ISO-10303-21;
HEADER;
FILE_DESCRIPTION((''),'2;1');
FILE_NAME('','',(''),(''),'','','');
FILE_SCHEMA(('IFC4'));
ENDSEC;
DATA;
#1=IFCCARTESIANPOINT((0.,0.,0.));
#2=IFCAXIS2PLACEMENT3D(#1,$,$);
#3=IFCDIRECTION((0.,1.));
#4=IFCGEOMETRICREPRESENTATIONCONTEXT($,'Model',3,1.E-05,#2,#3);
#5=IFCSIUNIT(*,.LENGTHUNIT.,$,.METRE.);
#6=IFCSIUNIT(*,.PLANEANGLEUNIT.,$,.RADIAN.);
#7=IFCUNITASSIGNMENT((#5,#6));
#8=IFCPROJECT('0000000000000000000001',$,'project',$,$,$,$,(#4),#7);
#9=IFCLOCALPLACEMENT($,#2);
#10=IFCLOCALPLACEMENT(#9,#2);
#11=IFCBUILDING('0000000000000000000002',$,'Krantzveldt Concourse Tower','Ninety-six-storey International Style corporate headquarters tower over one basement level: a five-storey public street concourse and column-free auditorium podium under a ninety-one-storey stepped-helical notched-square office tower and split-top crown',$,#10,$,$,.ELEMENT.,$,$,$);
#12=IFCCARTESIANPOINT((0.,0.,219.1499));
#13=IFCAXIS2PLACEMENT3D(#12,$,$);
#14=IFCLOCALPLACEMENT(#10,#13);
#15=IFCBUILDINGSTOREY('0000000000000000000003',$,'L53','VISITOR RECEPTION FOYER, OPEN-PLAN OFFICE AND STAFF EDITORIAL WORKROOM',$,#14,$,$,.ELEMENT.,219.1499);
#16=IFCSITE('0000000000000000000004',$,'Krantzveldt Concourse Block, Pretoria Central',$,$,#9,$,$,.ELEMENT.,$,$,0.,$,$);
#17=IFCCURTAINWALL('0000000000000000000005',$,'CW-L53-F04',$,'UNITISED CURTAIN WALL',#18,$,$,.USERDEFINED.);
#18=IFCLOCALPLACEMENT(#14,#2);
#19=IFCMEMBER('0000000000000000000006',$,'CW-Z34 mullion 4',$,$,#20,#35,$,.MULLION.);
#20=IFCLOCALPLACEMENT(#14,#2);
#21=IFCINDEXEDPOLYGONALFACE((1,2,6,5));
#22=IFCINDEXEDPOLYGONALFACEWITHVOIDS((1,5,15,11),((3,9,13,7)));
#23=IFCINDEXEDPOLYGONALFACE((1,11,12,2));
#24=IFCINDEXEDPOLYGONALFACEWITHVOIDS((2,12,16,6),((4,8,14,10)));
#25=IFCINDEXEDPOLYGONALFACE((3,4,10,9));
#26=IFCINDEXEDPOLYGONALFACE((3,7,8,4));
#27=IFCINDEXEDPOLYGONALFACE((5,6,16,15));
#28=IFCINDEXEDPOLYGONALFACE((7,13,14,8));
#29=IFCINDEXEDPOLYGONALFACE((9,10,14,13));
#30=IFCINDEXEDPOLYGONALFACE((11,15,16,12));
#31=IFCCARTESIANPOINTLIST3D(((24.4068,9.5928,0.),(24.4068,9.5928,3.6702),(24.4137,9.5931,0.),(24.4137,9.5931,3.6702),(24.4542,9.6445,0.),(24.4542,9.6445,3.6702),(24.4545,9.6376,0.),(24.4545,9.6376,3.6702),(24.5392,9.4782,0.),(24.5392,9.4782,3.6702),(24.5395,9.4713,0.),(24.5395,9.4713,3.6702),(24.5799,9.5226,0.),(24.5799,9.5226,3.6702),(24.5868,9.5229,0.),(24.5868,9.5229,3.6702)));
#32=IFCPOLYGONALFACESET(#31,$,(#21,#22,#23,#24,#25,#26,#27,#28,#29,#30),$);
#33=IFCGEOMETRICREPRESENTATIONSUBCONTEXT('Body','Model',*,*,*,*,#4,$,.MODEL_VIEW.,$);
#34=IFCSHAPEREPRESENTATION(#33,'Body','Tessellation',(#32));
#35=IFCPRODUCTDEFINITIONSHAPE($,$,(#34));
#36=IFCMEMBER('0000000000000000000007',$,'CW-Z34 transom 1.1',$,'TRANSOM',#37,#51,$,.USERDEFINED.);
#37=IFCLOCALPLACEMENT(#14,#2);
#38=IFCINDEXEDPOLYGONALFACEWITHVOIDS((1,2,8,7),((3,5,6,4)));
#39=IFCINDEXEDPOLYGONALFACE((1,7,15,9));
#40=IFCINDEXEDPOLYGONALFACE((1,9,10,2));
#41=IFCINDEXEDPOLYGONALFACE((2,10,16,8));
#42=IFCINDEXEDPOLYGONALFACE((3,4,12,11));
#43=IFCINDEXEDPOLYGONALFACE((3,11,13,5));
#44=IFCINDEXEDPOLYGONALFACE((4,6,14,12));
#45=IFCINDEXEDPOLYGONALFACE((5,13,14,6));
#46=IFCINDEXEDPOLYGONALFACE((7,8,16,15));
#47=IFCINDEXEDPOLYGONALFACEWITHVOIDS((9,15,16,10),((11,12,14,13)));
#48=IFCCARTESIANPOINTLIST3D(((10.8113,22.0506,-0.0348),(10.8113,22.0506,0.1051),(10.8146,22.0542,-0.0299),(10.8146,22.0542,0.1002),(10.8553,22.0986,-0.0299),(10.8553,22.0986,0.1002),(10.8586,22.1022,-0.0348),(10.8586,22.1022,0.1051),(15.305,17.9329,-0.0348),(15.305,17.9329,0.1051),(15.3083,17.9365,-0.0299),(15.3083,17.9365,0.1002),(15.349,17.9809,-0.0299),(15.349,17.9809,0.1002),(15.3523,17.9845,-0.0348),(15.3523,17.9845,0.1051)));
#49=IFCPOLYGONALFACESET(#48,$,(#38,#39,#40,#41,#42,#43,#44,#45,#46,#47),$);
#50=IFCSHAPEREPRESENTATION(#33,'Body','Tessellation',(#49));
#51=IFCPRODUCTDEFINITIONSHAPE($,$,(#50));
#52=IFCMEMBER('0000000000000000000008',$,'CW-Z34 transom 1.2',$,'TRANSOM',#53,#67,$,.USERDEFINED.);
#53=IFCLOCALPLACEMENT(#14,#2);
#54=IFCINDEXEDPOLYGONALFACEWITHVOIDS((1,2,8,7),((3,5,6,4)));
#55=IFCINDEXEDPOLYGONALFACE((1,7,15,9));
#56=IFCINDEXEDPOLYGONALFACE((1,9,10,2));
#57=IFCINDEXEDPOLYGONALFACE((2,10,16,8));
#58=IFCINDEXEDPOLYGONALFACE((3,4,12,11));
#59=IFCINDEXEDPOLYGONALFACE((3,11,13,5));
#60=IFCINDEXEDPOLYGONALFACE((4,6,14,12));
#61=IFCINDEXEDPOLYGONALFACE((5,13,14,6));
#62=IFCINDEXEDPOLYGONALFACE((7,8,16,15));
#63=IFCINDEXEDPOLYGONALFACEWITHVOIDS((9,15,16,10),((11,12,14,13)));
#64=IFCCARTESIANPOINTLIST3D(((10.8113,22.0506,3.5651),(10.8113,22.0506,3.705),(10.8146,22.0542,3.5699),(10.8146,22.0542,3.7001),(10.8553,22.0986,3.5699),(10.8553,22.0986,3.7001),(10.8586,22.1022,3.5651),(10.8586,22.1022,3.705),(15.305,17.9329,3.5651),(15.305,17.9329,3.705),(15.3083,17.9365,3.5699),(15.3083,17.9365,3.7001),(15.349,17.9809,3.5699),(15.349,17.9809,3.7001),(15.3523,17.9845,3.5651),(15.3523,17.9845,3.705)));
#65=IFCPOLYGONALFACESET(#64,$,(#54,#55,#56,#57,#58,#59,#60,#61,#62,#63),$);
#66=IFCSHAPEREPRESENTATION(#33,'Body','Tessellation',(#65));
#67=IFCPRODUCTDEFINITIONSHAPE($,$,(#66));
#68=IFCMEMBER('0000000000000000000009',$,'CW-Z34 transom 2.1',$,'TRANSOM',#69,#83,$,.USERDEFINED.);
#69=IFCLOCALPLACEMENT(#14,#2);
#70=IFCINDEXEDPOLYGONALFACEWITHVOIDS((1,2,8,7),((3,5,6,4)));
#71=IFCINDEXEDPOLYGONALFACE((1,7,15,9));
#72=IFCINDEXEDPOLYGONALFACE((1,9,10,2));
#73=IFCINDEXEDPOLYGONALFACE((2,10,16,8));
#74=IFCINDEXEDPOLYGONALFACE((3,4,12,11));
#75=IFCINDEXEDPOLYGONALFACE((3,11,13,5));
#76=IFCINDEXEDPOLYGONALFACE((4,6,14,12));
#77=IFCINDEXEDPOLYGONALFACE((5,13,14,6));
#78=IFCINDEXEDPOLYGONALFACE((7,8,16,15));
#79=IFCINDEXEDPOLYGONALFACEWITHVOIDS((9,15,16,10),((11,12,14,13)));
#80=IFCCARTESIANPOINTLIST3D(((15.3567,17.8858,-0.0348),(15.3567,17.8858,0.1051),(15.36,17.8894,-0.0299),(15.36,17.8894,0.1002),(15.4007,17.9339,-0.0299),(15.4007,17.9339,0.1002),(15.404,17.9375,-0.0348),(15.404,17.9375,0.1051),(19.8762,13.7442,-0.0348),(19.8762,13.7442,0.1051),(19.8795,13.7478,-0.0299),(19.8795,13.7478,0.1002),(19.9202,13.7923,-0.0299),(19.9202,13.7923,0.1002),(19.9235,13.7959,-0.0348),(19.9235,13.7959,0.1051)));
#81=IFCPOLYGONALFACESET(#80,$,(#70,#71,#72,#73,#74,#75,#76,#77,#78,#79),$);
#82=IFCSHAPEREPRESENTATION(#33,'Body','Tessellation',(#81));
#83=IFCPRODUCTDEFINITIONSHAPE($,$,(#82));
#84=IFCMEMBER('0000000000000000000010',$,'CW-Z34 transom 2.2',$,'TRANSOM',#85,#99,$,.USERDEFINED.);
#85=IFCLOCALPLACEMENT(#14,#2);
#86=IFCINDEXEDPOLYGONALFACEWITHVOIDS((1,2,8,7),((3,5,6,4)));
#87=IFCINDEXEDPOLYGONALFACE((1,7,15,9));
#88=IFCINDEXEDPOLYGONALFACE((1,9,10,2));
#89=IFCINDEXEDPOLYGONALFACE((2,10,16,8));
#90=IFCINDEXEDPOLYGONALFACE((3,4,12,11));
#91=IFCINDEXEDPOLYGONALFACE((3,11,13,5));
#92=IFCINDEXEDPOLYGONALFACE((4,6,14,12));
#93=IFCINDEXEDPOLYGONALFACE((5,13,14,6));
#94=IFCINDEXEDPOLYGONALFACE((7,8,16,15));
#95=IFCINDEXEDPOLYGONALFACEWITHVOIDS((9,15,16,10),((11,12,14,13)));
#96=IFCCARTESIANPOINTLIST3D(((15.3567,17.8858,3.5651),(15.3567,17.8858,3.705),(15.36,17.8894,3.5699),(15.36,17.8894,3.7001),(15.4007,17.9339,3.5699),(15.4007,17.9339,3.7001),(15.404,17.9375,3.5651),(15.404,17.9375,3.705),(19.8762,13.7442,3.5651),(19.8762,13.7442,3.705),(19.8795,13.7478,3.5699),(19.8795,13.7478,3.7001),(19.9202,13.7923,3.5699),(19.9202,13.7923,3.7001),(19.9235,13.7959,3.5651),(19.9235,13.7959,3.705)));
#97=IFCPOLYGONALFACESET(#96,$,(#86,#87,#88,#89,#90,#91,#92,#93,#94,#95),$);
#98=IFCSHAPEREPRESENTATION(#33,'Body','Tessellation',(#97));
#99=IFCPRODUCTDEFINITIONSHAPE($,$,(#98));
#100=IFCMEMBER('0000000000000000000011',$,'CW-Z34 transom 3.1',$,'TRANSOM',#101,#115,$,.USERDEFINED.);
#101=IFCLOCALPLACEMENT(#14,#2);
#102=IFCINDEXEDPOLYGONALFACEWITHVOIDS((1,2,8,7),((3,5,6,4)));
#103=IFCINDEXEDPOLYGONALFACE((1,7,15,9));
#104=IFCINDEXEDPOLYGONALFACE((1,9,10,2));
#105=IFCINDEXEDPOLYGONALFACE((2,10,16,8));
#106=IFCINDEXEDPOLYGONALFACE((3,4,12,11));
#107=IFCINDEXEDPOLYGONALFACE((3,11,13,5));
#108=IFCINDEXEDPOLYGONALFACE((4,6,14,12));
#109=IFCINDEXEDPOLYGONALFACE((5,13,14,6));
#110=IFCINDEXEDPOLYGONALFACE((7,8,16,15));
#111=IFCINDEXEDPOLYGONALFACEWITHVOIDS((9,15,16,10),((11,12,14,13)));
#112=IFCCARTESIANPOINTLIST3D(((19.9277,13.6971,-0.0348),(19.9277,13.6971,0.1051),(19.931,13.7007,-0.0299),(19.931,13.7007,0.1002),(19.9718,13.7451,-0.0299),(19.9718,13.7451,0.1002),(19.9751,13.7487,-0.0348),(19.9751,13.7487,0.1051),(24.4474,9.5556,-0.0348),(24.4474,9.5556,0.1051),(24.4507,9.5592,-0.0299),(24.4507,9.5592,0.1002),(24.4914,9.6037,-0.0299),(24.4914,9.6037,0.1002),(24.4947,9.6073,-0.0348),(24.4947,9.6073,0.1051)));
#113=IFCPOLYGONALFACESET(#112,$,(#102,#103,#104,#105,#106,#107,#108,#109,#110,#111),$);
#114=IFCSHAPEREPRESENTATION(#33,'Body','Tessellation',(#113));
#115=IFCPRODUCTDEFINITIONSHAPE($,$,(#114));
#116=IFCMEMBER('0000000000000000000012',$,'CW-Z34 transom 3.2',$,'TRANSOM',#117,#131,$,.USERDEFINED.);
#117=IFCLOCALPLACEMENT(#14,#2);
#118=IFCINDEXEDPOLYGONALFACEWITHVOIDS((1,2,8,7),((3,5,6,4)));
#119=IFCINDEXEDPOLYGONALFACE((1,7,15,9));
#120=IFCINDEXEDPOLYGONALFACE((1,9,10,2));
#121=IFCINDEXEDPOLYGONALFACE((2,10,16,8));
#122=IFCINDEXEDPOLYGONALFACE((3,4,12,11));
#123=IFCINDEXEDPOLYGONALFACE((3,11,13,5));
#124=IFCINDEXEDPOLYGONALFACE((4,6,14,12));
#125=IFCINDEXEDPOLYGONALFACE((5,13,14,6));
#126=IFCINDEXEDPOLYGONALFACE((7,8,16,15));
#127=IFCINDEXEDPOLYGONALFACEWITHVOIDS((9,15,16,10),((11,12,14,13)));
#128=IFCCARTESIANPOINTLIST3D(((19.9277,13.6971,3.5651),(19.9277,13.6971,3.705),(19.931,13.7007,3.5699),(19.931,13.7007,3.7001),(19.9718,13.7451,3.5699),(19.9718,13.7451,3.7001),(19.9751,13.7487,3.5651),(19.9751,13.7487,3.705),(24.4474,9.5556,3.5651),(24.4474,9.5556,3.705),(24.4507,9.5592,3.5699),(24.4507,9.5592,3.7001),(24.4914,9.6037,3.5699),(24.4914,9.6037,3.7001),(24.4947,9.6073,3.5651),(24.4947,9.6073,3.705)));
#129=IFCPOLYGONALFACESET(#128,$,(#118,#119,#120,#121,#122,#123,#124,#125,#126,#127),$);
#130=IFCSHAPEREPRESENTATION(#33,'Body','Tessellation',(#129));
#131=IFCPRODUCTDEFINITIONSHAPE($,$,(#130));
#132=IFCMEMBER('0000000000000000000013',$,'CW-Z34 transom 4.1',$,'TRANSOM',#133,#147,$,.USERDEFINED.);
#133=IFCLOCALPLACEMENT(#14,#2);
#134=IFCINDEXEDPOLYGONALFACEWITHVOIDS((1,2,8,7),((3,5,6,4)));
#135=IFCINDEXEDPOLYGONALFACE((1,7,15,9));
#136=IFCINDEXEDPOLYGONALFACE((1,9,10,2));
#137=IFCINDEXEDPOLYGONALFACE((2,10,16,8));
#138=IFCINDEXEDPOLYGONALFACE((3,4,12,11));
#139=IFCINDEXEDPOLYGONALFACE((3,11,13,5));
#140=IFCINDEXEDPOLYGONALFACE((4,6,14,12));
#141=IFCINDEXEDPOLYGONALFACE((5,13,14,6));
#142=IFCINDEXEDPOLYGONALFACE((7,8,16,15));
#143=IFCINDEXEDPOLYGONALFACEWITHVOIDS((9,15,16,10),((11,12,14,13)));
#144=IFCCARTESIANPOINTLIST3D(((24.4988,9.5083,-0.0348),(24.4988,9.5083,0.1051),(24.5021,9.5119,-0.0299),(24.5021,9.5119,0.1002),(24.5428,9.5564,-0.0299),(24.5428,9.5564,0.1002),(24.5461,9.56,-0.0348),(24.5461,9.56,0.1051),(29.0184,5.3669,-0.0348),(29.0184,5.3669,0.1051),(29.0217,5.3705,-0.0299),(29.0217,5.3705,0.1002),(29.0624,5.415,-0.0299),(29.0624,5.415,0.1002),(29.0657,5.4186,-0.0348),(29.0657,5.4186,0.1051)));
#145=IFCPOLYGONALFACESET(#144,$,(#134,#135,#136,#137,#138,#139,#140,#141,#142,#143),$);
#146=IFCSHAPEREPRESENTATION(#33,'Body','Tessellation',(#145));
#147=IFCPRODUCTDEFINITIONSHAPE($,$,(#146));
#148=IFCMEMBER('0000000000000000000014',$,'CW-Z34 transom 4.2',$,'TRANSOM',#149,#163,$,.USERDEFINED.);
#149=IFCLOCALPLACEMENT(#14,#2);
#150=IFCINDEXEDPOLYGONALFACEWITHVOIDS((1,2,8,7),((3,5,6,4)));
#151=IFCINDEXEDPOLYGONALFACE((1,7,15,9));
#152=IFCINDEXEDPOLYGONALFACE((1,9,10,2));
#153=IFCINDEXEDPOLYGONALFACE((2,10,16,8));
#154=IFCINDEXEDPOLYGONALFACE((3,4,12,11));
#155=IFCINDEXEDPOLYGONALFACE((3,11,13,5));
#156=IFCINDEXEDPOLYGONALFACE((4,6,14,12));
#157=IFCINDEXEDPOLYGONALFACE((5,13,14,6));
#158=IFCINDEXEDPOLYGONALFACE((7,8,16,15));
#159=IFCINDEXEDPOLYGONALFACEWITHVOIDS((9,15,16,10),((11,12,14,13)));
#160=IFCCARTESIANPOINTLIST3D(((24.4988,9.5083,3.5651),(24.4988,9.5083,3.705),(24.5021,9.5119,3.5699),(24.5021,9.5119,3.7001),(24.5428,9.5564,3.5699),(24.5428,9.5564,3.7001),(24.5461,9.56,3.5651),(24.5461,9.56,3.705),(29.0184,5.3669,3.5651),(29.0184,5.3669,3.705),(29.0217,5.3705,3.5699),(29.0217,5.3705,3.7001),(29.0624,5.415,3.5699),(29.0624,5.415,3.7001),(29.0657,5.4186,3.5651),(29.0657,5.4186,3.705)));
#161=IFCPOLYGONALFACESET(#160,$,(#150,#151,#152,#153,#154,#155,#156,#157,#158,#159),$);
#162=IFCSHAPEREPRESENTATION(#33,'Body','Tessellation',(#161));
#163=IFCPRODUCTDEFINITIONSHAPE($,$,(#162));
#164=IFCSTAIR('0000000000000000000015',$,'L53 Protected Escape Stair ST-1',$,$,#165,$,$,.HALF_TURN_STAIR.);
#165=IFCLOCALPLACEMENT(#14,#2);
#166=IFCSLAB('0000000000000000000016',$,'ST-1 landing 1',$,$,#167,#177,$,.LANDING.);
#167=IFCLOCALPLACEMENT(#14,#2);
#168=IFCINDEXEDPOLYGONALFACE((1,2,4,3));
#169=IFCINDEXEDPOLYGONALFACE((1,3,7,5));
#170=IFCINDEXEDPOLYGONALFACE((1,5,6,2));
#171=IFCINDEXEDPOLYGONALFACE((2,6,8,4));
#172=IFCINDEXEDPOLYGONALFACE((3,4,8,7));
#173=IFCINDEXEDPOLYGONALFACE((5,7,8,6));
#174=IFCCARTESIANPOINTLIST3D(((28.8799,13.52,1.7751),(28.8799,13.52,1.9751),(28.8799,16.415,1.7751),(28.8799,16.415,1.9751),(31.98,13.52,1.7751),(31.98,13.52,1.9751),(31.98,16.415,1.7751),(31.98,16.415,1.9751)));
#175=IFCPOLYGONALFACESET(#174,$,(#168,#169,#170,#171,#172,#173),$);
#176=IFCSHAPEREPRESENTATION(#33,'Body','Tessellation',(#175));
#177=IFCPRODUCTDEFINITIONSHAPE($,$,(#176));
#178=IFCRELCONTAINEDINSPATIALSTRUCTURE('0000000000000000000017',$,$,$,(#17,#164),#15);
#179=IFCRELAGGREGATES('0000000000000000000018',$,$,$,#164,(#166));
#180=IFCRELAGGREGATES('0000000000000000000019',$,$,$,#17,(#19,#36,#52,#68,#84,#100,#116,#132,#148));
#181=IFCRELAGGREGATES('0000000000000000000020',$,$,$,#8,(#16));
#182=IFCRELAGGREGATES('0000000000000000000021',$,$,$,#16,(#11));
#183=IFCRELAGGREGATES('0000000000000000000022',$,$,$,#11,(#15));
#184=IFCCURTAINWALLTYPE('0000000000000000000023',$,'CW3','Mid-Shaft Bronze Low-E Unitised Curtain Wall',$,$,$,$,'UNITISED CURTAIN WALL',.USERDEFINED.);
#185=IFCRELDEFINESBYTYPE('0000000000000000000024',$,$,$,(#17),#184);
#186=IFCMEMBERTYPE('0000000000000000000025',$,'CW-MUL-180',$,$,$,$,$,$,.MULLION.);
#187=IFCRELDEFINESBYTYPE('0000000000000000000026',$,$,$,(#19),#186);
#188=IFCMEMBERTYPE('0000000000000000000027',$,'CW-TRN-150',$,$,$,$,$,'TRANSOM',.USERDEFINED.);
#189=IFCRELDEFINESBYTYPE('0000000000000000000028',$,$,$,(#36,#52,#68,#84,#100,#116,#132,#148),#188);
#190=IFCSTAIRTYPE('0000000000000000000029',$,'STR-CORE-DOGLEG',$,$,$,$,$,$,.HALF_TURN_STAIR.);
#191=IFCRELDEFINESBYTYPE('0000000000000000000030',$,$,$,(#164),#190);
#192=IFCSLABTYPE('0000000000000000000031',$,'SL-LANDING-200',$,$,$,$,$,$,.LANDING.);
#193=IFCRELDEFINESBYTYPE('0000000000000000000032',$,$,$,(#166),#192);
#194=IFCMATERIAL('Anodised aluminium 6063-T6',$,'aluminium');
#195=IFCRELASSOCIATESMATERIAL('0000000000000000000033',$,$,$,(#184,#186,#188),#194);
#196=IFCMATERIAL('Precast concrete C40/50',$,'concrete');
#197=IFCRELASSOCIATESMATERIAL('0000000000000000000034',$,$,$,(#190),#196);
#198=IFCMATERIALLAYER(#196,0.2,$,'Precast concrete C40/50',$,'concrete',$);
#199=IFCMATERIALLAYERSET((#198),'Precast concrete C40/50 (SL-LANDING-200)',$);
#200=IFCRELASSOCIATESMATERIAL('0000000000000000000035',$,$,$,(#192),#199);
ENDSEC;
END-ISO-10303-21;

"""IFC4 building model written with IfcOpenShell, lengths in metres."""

from ifc_helpers import new_model, si_unit, direction, frame, origin, origin_2d, place, context, subcontext, project, spatial, polyline, hollow_rectangle, outline, extrude, source, transform, mapped, material, layer, layer_set, material_profile, profile_set, type_object, type_shapes, element, aggregate, save


model = new_model("IFC4")

# Units and contexts
model_context = context("Model", 3, precision=1e-05, world=origin(), true_north=direction((0.0, 1.0)))
body_context = subcontext(model_context, "Body", "Model", "MODEL_VIEW")
ifc_project = project(units=[si_unit("LENGTHUNIT", "METRE"), si_unit("PLANEANGLEUNIT", "RADIAN")], contexts=[model_context])

# Site, building, storey
site_placement = place(None, origin())
site = spatial("IfcSite", under=ifc_project, at=site_placement, Name="Krantzveldt Concourse Block, Pretoria Central", CompositionType="ELEMENT", RefElevation=0.0)
building_placement = place(site_placement, origin())
building = spatial("IfcBuilding", under=site, at=building_placement, Name="Krantzveldt Concourse Tower", Description="Ninety-six-storey International Style corporate headquarters tower over one basement level: a five-storey public street concourse and column-free auditorium podium under a ninety-one-storey stepped-helical notched-square office tower and split-top crown", CompositionType="ELEMENT")
storey_placement = place(building_placement, frame((0.0, 0.0, 219.1499)))
storey = spatial("IfcBuildingStorey", under=building, at=storey_placement, Name="L53", Description="VISITOR RECEPTION FOYER, OPEN-PLAN OFFICE AND STAFF EDITORIAL WORKROOM", CompositionType="ELEMENT", Elevation=219.1499)

# Curtain wall, members
ifc_material_1 = material(Name="Anodised aluminium 6063-T6", Category="aluminium")
curtain_wall_type = type_object("IfcCurtainWallType", Name="CW3", Description="Mid-Shaft Bronze Low-E Unitised Curtain Wall", ElementType="UNITISED CURTAIN WALL", PredefinedType="USERDEFINED", material=ifc_material_1)
curtain_wall_placement = place(storey_placement, origin())
curtain_wall = element("IfcCurtainWall", 1, at=curtain_wall_placement, inside=storey, type_object=curtain_wall_type, Name="CW-L53-F04", ObjectType="UNITISED CURTAIN WALL", PredefinedType="USERDEFINED")
ifc_material_profile_1 = material_profile(ifc_material_1, hollow_rectangle(XDim=0.0701, YDim=0.1799, WallThickness=0.0049, at=origin_2d()), Name="Anodised aluminium 6063-T6", Category="aluminium")
ifc_profile_set_1 = profile_set([ifc_material_profile_1], Name="Anodised aluminium 6063-T6 - ALU-MULL 180x70x5")
member_type_1 = type_object("IfcMemberType", Name="CW-MUL-180", PredefinedType="MULLION", material=ifc_profile_set_1)
shared_shape_1 = source(origin(), body_context, "Body", "SweptSolid", [
    extrude(hollow_rectangle(XDim=0.0701, YDim=0.1799, WallThickness=0.0049, at=origin_2d()), origin(), (0.0, 0.0, 1.0), 3.6702),
])
type_shapes(member_type_1, [shared_shape_1])
member_1_placement = place(storey_placement, frame((24.4968, 9.5579, 0.0), z_axis=(0.0, 0.0, 1.0), x_axis=(0.67559, 0.737277, 0.0)))
member_1 = element("IfcMember", 2, at=member_1_placement, type_object=member_type_1, Name="CW-Z34 mullion 4", PredefinedType="MULLION", context=body_context, shape_type="MappedRepresentation", body=[
    mapped(shared_shape_1, transform((0.0, 0.0, 0.0), x_axis=(1.0, 0.0, 0.0), y_axis=(0.0, 1.0, 0.0), z_axis=(0.0, 0.0, 1.0), scale=1.0)),
])
ifc_material_profile_2 = material_profile(ifc_material_1, hollow_rectangle(XDim=0.0701, YDim=0.1399, WallThickness=0.0049, at=origin_2d()), Name="Anodised aluminium 6063-T6", Category="aluminium")
ifc_profile_set_2 = profile_set([ifc_material_profile_2], Name="Anodised aluminium 6063-T6 - ALU-TRAN 140x70x5")
member_type_2 = type_object("IfcMemberType", Name="CW-TRN-150", ElementType="TRANSOM", PredefinedType="USERDEFINED", material=ifc_profile_set_2)
shared_shape_2 = source(origin(), body_context, "Body", "SweptSolid", [
    extrude(hollow_rectangle(XDim=0.0701, YDim=0.1399, WallThickness=0.0049, at=origin_2d()), origin(), (0.0, 0.0, 1.0), 6.095),
])
member_2_placement = place(storey_placement, frame((10.835, 22.0764, 0.0352), z_axis=(0.737277, -0.67559, 0.0), x_axis=(0.67559, 0.737277, 0.0)))
member_2 = element("IfcMember", 3, at=member_2_placement, type_object=member_type_2, Name="CW-Z34 transom 1.1", ObjectType="TRANSOM", PredefinedType="USERDEFINED", context=body_context, shape_type="MappedRepresentation", body=[
    mapped(shared_shape_2, transform((0.0, 0.0, 0.0), x_axis=(1.0, 0.0, 0.0), y_axis=(0.0, 1.0, 0.0), z_axis=(0.0, 0.0, 1.0), scale=1.0)),
])
member_3_placement = place(storey_placement, frame((10.835, 22.0764, 3.635), z_axis=(0.737277, -0.67559, 0.0), x_axis=(0.67559, 0.737277, 0.0)))
member_3 = element("IfcMember", 4, at=member_3_placement, type_object=member_type_2, Name="CW-Z34 transom 1.2", ObjectType="TRANSOM", PredefinedType="USERDEFINED", context=body_context, shape_type="MappedRepresentation", body=[
    mapped(shared_shape_2, transform((0.0, 0.0, 0.0), x_axis=(1.0, 0.0, 0.0), y_axis=(0.0, 1.0, 0.0), z_axis=(0.0, 0.0, 1.0), scale=1.0)),
])
shared_shape_3 = source(origin(), body_context, "Body", "SweptSolid", [
    extrude(hollow_rectangle(XDim=0.0701, YDim=0.1399, WallThickness=0.0049, at=origin_2d()), origin(), (0.0, 0.0, 1.0), 6.1301),
])
type_shapes(member_type_2, [shared_shape_2, shared_shape_3])
member_4_placement = place(storey_placement, frame((15.3804, 17.9116, 0.0352), z_axis=(0.73726, -0.675609, 0.0), x_axis=(0.675609, 0.73726, 0.0)))
member_4 = element("IfcMember", 5, at=member_4_placement, type_object=member_type_2, Name="CW-Z34 transom 2.1", ObjectType="TRANSOM", PredefinedType="USERDEFINED", context=body_context, shape_type="MappedRepresentation", body=[
    mapped(shared_shape_3, transform((0.0, 0.0, 0.0), x_axis=(1.0, 0.0, 0.0), y_axis=(0.0, 1.0, 0.0), z_axis=(0.0, 0.0, 1.0), scale=1.0)),
])
member_5_placement = place(storey_placement, frame((15.3804, 17.9116, 3.635), z_axis=(0.73726, -0.675609, 0.0), x_axis=(0.675609, 0.73726, 0.0)))
member_5 = element("IfcMember", 6, at=member_5_placement, type_object=member_type_2, Name="CW-Z34 transom 2.2", ObjectType="TRANSOM", PredefinedType="USERDEFINED", context=body_context, shape_type="MappedRepresentation", body=[
    mapped(shared_shape_3, transform((0.0, 0.0, 0.0), x_axis=(1.0, 0.0, 0.0), y_axis=(0.0, 1.0, 0.0), z_axis=(0.0, 0.0, 1.0), scale=1.0)),
])
member_6_placement = place(storey_placement, frame((19.9514, 13.7229, 0.0352), z_axis=(0.73728, -0.675588, 0.0), x_axis=(0.675588, 0.73728, 0.0)))
member_6 = element("IfcMember", 7, at=member_6_placement, type_object=member_type_2, Name="CW-Z34 transom 3.1", ObjectType="TRANSOM", PredefinedType="USERDEFINED", context=body_context, shape_type="MappedRepresentation", body=[
    mapped(shared_shape_3, transform((0.0, 0.0, 0.0), x_axis=(1.0, 0.0, 0.0), y_axis=(0.0, 1.0, 0.0), z_axis=(0.0, 0.0, 1.0), scale=1.0)),
])
member_7_placement = place(storey_placement, frame((19.9514, 13.7229, 3.635), z_axis=(0.73728, -0.675588, 0.0), x_axis=(0.675588, 0.73728, 0.0)))
member_7 = element("IfcMember", 8, at=member_7_placement, type_object=member_type_2, Name="CW-Z34 transom 3.2", ObjectType="TRANSOM", PredefinedType="USERDEFINED", context=body_context, shape_type="MappedRepresentation", body=[
    mapped(shared_shape_3, transform((0.0, 0.0, 0.0), x_axis=(1.0, 0.0, 0.0), y_axis=(0.0, 1.0, 0.0), z_axis=(0.0, 0.0, 1.0), scale=1.0)),
])
member_8_placement = place(storey_placement, frame((24.5225, 9.5342, 0.0352), z_axis=(0.73728, -0.675588, 0.0), x_axis=(0.675588, 0.73728, 0.0)))
member_8 = element("IfcMember", 9, at=member_8_placement, type_object=member_type_2, Name="CW-Z34 transom 4.1", ObjectType="TRANSOM", PredefinedType="USERDEFINED", context=body_context, shape_type="MappedRepresentation", body=[
    mapped(shared_shape_3, transform((0.0, 0.0, 0.0), x_axis=(1.0, 0.0, 0.0), y_axis=(0.0, 1.0, 0.0), z_axis=(0.0, 0.0, 1.0), scale=1.0)),
])
member_9_placement = place(storey_placement, frame((24.5225, 9.5342, 3.635), z_axis=(0.73728, -0.675588, 0.0), x_axis=(0.675588, 0.73728, 0.0)))
member_9 = element("IfcMember", 10, at=member_9_placement, type_object=member_type_2, Name="CW-Z34 transom 4.2", ObjectType="TRANSOM", PredefinedType="USERDEFINED", context=body_context, shape_type="MappedRepresentation", body=[
    mapped(shared_shape_3, transform((0.0, 0.0, 0.0), x_axis=(1.0, 0.0, 0.0), y_axis=(0.0, 1.0, 0.0), z_axis=(0.0, 0.0, 1.0), scale=1.0)),
])

# Stair, slab
ifc_material_2 = material(Name="Precast concrete C40/50", Category="concrete")
stair_type = type_object("IfcStairType", Name="STR-CORE-DOGLEG", PredefinedType="HALF_TURN_STAIR", material=ifc_material_2)
stair_1_placement = place(storey_placement, origin())
stair_1 = element("IfcStair", 11, at=stair_1_placement, inside=storey, type_object=stair_type, Name="L53 Protected Escape Stair ST-1", PredefinedType="HALF_TURN_STAIR")
ifc_layer_1 = layer(ifc_material_2, 0.2, Name="Precast concrete C40/50", Category="concrete")
ifc_layer_set_1 = layer_set([ifc_layer_1], Name="Precast concrete C40/50 (SL-LANDING-200)")
slab_type_1 = type_object("IfcSlabType", Name="SL-LANDING-200", PredefinedType="LANDING", material=ifc_layer_set_1)
slab_1_placement = place(storey_placement, frame((0.0, 0.0, 1.7751)))
slab_1 = element("IfcSlab", 12, at=slab_1_placement, type_object=slab_type_1, Name="ST-1 landing 1", PredefinedType="LANDING", context=body_context, shape_type="SweptSolid", body=[
    extrude(outline(polyline([(28.8799, 16.415), (28.8799, 13.52), (31.98, 13.52), (31.98, 16.415), (28.8799, 16.415)])), origin(), (0.0, 0.0, 1.0), 0.2),
])
aggregate(stair_1, [slab_1])

aggregate(curtain_wall, [member_1, member_2, member_3, member_4, member_5, member_6, member_7, member_8, member_9])

save(model, "model.ifc")
